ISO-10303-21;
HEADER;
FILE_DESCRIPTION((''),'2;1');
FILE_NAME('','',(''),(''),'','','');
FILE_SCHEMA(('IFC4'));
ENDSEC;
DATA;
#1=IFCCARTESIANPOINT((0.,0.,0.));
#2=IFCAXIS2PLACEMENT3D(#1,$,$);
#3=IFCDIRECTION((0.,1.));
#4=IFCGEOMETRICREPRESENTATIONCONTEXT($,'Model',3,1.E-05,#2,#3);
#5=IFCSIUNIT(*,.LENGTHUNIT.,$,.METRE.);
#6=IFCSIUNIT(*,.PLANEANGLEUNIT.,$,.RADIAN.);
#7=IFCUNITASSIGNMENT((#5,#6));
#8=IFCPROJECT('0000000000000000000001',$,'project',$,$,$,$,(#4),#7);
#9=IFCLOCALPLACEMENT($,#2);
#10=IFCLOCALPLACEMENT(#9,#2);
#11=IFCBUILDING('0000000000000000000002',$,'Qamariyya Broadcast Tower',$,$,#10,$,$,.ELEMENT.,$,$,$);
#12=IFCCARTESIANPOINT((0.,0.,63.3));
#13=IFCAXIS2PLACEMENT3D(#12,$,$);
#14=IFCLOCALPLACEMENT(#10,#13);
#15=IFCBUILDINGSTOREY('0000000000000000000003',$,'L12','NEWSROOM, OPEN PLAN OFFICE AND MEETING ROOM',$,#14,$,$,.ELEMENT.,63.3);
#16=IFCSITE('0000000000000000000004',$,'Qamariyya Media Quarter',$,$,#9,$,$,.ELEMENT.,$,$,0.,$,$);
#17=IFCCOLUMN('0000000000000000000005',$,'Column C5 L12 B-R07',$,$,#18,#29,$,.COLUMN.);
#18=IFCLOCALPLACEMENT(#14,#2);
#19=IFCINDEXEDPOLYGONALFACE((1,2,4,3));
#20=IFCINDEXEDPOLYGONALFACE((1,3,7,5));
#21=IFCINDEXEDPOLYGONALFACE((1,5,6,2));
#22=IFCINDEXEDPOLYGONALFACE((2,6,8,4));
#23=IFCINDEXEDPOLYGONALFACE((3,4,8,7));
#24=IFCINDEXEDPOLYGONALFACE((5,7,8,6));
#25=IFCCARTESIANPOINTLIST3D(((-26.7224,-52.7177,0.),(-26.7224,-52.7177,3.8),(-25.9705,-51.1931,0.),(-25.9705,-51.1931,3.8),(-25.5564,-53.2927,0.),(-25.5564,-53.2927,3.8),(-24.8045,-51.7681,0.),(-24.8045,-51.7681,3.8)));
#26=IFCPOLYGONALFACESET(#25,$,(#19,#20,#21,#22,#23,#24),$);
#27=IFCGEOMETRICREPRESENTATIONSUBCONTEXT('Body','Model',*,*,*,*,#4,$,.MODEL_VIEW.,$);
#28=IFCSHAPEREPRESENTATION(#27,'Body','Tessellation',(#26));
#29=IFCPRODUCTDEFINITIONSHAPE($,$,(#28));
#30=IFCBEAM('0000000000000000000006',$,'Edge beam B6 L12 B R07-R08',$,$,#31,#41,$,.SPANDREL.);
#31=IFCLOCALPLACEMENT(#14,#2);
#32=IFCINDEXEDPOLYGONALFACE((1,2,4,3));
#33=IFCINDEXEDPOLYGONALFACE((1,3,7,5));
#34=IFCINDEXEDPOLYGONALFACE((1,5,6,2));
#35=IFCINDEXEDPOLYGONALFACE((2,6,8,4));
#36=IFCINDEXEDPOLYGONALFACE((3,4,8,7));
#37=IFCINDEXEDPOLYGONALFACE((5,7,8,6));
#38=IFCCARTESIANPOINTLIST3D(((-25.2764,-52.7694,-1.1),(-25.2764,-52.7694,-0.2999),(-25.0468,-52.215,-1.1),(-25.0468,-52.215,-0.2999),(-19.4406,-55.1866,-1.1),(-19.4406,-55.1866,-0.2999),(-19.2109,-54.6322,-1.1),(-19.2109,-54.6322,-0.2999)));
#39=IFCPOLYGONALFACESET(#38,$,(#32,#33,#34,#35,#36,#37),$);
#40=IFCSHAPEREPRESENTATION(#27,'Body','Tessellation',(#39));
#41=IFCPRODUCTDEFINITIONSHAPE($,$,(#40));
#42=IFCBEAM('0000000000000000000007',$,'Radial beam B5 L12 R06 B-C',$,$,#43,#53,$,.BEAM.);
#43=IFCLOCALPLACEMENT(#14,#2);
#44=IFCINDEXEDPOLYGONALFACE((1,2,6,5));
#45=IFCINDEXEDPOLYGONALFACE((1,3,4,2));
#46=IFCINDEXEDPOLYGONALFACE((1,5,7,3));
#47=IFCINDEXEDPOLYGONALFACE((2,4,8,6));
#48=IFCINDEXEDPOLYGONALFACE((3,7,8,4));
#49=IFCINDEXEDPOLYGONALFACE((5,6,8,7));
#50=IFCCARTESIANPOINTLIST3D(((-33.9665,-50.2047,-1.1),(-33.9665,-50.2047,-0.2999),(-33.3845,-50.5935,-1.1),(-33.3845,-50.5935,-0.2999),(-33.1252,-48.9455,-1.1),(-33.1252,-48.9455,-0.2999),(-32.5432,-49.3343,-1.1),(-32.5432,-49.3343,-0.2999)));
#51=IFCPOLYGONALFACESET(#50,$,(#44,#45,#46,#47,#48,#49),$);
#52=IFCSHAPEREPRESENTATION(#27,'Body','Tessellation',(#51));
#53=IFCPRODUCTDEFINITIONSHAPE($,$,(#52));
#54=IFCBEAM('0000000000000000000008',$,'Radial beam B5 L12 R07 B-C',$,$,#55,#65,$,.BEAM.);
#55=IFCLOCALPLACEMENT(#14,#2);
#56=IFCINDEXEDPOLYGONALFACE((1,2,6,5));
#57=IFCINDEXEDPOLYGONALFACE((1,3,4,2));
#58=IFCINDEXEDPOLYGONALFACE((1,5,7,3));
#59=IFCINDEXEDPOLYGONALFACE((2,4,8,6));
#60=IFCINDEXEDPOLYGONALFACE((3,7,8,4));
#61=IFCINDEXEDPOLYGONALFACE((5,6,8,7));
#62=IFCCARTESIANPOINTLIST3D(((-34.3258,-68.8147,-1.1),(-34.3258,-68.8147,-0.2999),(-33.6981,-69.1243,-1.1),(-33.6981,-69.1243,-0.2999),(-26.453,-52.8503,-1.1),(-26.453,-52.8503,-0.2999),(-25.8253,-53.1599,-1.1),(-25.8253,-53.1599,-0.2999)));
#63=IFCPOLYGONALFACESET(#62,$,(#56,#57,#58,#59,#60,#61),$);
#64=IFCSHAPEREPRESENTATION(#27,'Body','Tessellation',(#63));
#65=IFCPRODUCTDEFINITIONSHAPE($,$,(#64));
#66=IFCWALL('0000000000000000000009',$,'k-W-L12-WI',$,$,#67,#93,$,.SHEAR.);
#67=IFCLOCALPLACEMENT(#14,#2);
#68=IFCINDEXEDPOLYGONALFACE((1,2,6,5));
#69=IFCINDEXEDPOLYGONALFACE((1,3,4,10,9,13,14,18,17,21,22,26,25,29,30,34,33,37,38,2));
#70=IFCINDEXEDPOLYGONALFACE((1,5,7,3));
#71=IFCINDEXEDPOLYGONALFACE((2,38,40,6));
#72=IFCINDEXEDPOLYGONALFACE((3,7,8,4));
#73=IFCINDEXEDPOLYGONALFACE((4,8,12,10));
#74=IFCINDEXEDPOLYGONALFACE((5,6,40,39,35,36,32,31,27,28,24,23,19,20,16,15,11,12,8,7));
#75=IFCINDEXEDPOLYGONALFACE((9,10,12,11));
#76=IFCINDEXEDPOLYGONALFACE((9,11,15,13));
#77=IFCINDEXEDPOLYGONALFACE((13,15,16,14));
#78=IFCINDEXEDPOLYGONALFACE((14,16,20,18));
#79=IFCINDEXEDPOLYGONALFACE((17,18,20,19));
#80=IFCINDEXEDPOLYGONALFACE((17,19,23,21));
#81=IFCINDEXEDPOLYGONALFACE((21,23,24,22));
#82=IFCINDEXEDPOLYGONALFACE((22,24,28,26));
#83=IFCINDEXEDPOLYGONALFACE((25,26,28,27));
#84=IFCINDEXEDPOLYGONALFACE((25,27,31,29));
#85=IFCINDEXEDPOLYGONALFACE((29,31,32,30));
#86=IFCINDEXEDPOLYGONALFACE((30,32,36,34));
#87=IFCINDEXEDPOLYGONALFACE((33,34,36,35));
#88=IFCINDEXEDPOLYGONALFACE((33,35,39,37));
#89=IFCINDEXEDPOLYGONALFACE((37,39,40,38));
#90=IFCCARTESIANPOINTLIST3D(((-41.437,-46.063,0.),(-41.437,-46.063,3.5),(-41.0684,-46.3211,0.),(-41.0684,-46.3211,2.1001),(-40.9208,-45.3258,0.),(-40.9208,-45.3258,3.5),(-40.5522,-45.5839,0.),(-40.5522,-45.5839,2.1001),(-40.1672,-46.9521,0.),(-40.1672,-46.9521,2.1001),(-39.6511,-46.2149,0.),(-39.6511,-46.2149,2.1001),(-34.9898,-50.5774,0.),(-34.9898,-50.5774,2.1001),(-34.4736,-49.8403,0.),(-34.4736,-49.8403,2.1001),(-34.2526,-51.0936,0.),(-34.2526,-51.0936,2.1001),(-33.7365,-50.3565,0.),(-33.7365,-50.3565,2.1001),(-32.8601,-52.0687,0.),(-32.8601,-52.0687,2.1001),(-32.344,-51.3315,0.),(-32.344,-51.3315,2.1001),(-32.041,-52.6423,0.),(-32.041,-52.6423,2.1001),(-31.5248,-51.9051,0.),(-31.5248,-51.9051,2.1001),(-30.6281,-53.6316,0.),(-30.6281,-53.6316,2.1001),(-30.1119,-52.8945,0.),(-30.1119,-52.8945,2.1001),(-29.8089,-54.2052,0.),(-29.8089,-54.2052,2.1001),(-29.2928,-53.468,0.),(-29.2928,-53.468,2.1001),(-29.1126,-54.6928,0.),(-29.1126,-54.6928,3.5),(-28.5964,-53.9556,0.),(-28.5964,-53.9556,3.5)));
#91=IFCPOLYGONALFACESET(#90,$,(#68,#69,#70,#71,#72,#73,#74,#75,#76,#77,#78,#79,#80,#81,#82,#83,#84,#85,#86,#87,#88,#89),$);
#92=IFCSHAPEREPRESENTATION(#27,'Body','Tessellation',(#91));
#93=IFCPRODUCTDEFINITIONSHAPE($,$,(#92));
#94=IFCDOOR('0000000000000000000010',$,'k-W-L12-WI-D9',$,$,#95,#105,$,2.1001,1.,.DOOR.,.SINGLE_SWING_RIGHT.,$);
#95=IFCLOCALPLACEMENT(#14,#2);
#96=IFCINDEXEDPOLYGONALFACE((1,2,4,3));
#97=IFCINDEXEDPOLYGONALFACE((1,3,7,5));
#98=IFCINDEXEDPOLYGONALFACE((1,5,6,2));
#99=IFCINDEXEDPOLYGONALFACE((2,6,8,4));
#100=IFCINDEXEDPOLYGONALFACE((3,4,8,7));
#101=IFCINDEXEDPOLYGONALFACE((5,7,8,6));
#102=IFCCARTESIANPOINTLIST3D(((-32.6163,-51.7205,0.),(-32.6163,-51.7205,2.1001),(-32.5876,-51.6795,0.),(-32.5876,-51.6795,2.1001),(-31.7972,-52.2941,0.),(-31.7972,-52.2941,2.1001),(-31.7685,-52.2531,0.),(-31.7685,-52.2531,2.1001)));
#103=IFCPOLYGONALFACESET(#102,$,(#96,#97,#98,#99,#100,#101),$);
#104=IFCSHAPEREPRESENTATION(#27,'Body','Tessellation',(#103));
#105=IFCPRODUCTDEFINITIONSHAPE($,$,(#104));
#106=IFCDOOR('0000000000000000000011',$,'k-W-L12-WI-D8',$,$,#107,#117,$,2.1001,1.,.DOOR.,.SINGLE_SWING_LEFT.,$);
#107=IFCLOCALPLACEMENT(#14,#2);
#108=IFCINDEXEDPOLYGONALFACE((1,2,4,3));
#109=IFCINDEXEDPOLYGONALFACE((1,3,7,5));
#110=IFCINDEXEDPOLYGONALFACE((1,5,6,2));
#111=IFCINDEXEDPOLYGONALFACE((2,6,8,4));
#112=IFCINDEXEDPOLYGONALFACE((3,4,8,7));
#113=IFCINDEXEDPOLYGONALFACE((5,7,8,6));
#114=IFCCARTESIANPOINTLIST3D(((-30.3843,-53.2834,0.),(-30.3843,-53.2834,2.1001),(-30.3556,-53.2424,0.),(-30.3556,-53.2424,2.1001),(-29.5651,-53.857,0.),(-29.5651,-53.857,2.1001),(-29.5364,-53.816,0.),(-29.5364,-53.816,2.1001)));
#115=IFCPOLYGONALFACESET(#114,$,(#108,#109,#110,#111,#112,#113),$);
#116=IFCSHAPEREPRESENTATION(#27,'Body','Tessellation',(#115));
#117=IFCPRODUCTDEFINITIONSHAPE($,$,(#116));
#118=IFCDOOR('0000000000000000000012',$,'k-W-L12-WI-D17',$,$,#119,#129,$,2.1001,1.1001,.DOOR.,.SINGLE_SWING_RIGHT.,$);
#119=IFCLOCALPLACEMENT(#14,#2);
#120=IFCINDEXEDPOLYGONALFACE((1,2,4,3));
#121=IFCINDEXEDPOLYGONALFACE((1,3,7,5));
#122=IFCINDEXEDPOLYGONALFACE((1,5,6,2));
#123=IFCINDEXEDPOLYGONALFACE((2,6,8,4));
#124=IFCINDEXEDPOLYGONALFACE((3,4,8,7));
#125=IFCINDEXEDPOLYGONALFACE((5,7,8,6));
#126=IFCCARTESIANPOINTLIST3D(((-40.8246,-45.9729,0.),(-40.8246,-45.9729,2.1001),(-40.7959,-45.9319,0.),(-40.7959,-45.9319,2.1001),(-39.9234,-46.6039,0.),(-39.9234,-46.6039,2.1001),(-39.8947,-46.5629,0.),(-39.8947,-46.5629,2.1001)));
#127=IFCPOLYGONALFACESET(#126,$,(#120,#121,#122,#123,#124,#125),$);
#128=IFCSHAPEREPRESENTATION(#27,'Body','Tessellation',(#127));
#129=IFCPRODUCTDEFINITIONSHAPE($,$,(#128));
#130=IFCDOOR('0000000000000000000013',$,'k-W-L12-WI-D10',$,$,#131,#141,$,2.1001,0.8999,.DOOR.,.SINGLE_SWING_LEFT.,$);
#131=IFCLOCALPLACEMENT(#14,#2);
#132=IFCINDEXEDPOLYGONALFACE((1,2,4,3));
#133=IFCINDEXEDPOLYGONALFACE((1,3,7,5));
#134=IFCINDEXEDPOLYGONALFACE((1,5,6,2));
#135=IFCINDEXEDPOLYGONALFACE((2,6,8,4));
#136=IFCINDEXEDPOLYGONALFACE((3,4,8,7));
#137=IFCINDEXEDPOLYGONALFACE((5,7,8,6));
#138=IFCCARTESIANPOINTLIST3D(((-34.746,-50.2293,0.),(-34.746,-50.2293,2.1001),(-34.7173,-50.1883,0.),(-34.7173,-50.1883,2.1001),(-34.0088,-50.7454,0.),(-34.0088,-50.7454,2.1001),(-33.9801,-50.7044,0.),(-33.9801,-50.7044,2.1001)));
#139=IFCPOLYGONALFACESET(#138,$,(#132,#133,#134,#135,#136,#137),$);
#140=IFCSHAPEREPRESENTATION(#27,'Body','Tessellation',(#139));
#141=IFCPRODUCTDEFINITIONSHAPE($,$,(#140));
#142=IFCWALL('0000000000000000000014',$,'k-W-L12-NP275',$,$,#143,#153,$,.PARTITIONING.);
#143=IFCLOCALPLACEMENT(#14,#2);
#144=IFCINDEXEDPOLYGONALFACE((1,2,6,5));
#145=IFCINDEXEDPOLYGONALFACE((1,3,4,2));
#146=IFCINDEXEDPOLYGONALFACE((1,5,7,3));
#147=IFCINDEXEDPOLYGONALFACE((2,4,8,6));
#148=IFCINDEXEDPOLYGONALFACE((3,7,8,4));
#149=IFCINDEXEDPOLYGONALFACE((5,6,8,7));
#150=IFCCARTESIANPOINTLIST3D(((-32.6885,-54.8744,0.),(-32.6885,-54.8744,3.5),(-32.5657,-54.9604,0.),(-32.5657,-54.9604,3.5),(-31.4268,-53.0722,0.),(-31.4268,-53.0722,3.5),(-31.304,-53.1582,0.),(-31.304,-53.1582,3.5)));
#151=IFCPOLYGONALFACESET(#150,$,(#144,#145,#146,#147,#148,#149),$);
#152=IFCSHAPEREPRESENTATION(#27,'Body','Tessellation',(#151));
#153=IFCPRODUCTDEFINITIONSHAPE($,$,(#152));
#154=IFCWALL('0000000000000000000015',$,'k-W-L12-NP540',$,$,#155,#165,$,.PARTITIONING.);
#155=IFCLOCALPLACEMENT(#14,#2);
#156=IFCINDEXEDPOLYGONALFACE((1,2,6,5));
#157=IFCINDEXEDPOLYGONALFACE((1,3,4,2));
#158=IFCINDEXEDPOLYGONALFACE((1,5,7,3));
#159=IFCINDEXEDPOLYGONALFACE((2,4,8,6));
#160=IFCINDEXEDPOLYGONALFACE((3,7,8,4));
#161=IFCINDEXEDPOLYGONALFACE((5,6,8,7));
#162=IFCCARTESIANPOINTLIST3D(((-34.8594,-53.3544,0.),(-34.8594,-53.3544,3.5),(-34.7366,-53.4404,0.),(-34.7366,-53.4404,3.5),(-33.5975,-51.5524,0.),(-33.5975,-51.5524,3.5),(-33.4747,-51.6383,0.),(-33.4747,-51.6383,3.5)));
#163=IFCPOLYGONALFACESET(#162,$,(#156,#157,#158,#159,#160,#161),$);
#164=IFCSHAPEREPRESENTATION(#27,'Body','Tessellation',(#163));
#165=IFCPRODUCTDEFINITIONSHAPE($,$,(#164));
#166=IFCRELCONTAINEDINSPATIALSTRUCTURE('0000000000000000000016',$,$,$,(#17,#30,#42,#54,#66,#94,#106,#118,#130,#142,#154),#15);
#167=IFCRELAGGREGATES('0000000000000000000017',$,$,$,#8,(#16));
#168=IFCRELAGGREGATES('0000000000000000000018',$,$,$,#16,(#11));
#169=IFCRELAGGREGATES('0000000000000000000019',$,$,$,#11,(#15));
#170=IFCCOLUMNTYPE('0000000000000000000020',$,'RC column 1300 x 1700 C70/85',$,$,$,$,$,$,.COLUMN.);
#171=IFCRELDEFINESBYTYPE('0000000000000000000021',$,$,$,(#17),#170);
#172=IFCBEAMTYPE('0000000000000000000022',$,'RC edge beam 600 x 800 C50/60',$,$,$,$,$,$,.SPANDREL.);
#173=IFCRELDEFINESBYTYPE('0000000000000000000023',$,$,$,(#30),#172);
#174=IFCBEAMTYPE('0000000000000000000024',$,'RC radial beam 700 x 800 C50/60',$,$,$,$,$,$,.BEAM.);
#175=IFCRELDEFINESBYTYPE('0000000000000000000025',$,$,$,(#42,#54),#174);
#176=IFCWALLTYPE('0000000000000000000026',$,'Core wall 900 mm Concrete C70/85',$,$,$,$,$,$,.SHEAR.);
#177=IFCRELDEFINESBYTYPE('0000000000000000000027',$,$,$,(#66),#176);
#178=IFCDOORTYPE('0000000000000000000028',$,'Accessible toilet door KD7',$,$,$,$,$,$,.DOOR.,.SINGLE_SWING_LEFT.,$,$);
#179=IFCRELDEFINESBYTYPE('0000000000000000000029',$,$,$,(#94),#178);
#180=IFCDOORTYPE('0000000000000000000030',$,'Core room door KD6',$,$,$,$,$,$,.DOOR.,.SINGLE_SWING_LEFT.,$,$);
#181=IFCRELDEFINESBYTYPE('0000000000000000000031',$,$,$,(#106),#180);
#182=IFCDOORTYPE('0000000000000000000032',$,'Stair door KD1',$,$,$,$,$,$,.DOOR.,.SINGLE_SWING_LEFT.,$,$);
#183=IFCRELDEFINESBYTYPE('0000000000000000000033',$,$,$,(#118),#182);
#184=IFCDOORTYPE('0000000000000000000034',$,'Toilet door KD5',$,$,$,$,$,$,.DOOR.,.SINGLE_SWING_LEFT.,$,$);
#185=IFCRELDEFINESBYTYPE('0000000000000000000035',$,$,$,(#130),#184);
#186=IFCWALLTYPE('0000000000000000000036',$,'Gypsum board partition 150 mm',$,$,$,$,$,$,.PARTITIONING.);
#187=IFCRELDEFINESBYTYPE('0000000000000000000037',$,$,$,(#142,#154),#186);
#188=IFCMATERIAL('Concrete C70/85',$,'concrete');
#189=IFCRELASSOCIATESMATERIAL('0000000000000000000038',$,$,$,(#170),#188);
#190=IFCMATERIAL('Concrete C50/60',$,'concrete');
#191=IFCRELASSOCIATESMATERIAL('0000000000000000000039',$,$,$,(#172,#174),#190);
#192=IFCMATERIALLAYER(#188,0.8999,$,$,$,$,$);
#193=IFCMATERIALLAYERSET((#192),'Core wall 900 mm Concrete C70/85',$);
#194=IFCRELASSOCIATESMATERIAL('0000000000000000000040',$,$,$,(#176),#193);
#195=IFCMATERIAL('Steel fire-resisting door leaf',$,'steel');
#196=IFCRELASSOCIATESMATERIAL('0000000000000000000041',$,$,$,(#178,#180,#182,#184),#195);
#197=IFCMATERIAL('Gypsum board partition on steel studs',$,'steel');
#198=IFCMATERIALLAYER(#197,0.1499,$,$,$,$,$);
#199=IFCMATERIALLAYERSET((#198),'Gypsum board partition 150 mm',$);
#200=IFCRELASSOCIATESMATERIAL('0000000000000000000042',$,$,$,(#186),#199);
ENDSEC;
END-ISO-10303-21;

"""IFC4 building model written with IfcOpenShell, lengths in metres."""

from ifc_helpers import new_model, si_unit, direction, frame, frame_2d, origin, origin_2d, place, context, subcontext, project, spatial, rectangle, extrude, material, layer, layer_set, material_profile, profile_set, type_object, element, fill, save


model = new_model("IFC4")

# Units and contexts
model_context = context("Model", 3, precision=1e-05, world=origin(), true_north=direction((0.0, 1.0)))
body_context = subcontext(model_context, "Body", "Model", "MODEL_VIEW")
ifc_project = project(units=[si_unit("LENGTHUNIT", "METRE"), si_unit("PLANEANGLEUNIT", "RADIAN")], contexts=[model_context])

# Site, building, storey
site_placement = place(None, origin())
site = spatial("IfcSite", under=ifc_project, at=site_placement, Name="Qamariyya Media Quarter", CompositionType="ELEMENT", RefElevation=0.0)
building_placement = place(site_placement, origin())
building = spatial("IfcBuilding", under=site, at=building_placement, Name="Qamariyya Broadcast Tower", CompositionType="ELEMENT")
storey_placement = place(building_placement, frame((0.0, 0.0, 63.3)))
storey = spatial("IfcBuildingStorey", under=building, at=storey_placement, Name="L12", Description="NEWSROOM, OPEN PLAN OFFICE AND MEETING ROOM", CompositionType="ELEMENT", Elevation=63.3)

# Column
ifc_material_1 = material(Name="Concrete C70/85", Category="concrete")
ifc_material_profile_1 = material_profile(ifc_material_1, rectangle(XDim=1.3, YDim=1.7, at=origin_2d()))
ifc_profile_set_1 = profile_set([ifc_material_profile_1], Name="Concrete C70/85")
column_type = type_object("IfcColumnType", Name="RC column 1300 x 1700 C70/85", PredefinedType="COLUMN", material=ifc_profile_set_1)
column_placement = place(storey_placement, frame((-25.7634, -52.2429, 0.0), z_axis=(0.0, 0.0, 1.0), x_axis=(0.896873, -0.442289, 0.0)))
element("IfcColumn", 1, at=column_placement, inside=storey, type_object=column_type, Name="Column C5 L12 B-R07", PredefinedType="COLUMN", context=body_context, shape_type="SweptSolid", body=[
    extrude(rectangle(XDim=1.3, YDim=1.7, at=origin_2d()), origin(), (0.0, 0.0, 1.0), 3.8),
])

# Beams
ifc_material_2 = material(Name="Concrete C50/60", Category="concrete")
ifc_material_profile_2 = material_profile(ifc_material_2, rectangle(XDim=0.6001, YDim=0.8, at=origin_2d()))
ifc_profile_set_2 = profile_set([ifc_material_profile_2], Name="Concrete C50/60")
beam_type_1 = type_object("IfcBeamType", Name="RC edge beam 600 x 800 C50/60", PredefinedType="SPANDREL", material=ifc_profile_set_2)
beam_1_placement = place(storey_placement, frame((-25.1616, -52.4922, -0.7), z_axis=(0.923884, -0.382672, 0.0), x_axis=(0.382672, 0.923884, 0.0)))
element("IfcBeam", 2, at=beam_1_placement, inside=storey, type_object=beam_type_1, Name="Edge beam B6 L12 B R07-R08", PredefinedType="SPANDREL", context=body_context, shape_type="SweptSolid", body=[
    extrude(rectangle(XDim=0.6001, YDim=0.8, at=origin_2d()), origin(), (0.0, 0.0, 1.0), 6.3167),
])
ifc_material_profile_3 = material_profile(ifc_material_2, rectangle(XDim=0.7, YDim=0.8, at=origin_2d()))
ifc_profile_set_3 = profile_set([ifc_material_profile_3], Name="Concrete C50/60")
beam_type_2 = type_object("IfcBeamType", Name="RC radial beam 700 x 800 C50/60", PredefinedType="BEAM", material=ifc_profile_set_3)
beam_2_placement = place(storey_placement, frame((-32.8342, -49.1399, -0.7), z_axis=(-0.555518, -0.831504, 0.0), x_axis=(0.831504, -0.555518, 0.0)))
element("IfcBeam", 3, at=beam_2_placement, inside=storey, type_object=beam_type_2, Name="Radial beam B5 L12 R06 B-C", PredefinedType="BEAM", context=body_context, shape_type="SweptSolid", body=[
    extrude(rectangle(XDim=0.7, YDim=0.8, at=origin_2d()), origin(), (0.0, 0.0, 1.0), 1.5144),
])
beam_3_placement = place(storey_placement, frame((-26.1392, -53.0051, -0.7), z_axis=(-0.442291, -0.896872, 0.0), x_axis=(0.896872, -0.442291, 0.0)))
element("IfcBeam", 4, at=beam_3_placement, inside=storey, type_object=beam_type_2, Name="Radial beam B5 L12 R07 B-C", PredefinedType="BEAM", context=body_context, shape_type="SweptSolid", body=[
    extrude(rectangle(XDim=0.7, YDim=0.8, at=origin_2d()), origin(), (0.0, 0.0, 1.0), 17.8),
])

# Wall, openings, doors
ifc_layer_1 = layer(ifc_material_1, 0.8999)
ifc_layer_set_1 = layer_set([ifc_layer_1], Name="Core wall 900 mm Concrete C70/85")
wall_type_1 = type_object("IfcWallType", Name="Core wall 900 mm Concrete C70/85", PredefinedType="SHEAR", material=ifc_layer_set_1)
wall_1_placement = place(storey_placement, frame((-28.8545, -54.3242, 0.0), z_axis=(0.0, 0.0, 1.0), x_axis=(-0.819146, 0.573585, 0.0)))
wall_1 = element("IfcWall", 5, at=wall_1_placement, inside=storey, type_object=wall_type_1, Name="k-W-L12-WI", PredefinedType="SHEAR", context=body_context, shape_type="SweptSolid", body=[
    extrude(rectangle(XDim=15.0454, YDim=0.8999, at=frame_2d((7.5227, 0.0))), origin(), (0.0, 0.0, 1.0), 3.5),
])
opening_1_placement = place(wall_1_placement, frame((0.8501, 0.0, 0.0)))
opening_1 = element("IfcOpeningElement", 6, at=opening_1_placement, cuts=wall_1, PredefinedType="OPENING", context=body_context, shape_type="SweptSolid", body=[
    extrude(rectangle(XDim=1.0, YDim=2.1001, at=frame_2d((0.5, 1.05))), frame((0.0, 0.46, 0.0), z_axis=(0.0, -1.0, 0.0), x_axis=(1.0, 0.0, 0.0)), (0.0, 0.0, 1.0), 0.9199),
])
opening_2_placement = place(wall_1_placement, frame((3.575, 0.0, 0.0)))
opening_2 = element("IfcOpeningElement", 7, at=opening_2_placement, cuts=wall_1, PredefinedType="OPENING", context=body_context, shape_type="SweptSolid", body=[
    extrude(rectangle(XDim=1.0, YDim=2.1001, at=frame_2d((0.5, 1.05))), frame((0.0, 0.46, 0.0), z_axis=(0.0, -1.0, 0.0), x_axis=(1.0, 0.0, 0.0)), (0.0, 0.0, 1.0), 0.9199),
])
opening_3_placement = place(wall_1_placement, frame((6.2749, 0.0, 0.0)))
opening_3 = element("IfcOpeningElement", 8, at=opening_3_placement, cuts=wall_1, PredefinedType="OPENING", context=body_context, shape_type="SweptSolid", body=[
    extrude(rectangle(XDim=0.8999, YDim=2.1001, at=frame_2d((0.45, 1.05))), frame((0.0, 0.46, 0.0), z_axis=(0.0, -1.0, 0.0), x_axis=(1.0, 0.0, 0.0)), (0.0, 0.0, 1.0), 0.9199),
])
opening_4_placement = place(wall_1_placement, frame((13.4954, 0.0, 0.0)))
opening_4 = element("IfcOpeningElement", 9, at=opening_4_placement, cuts=wall_1, PredefinedType="OPENING", context=body_context, shape_type="SweptSolid", body=[
    extrude(rectangle(XDim=1.1001, YDim=2.1001, at=frame_2d((0.55, 1.05))), frame((0.0, 0.46, 0.0), z_axis=(0.0, -1.0, 0.0), x_axis=(1.0, 0.0, 0.0)), (0.0, 0.0, 1.0), 0.9199),
])
ifc_material_3 = material(Name="Steel fire-resisting door leaf", Category="steel")
door_type_1 = type_object("IfcDoorType", Name="Accessible toilet door KD7", OperationType="SINGLE_SWING_LEFT", PredefinedType="DOOR", material=ifc_material_3)
door_1_placement = place(opening_2_placement, origin())
door_1 = element("IfcDoor", 10, at=door_1_placement, inside=storey, type_object=door_type_1, Name="k-W-L12-WI-D9", OperationType="SINGLE_SWING_RIGHT", OverallHeight=2.1001, OverallWidth=1.0, PredefinedType="DOOR", context=body_context, shape_type="SweptSolid", body=[
    extrude(rectangle(XDim=1.0, YDim=2.1001, at=frame_2d((0.5, 1.05))), frame((0.0, 0.0249, 0.0), z_axis=(0.0, -1.0, 0.0), x_axis=(1.0, 0.0, 0.0)), (0.0, 0.0, 1.0), 0.05),
])
fill(opening_2, door_1)
door_type_2 = type_object("IfcDoorType", Name="Core room door KD6", OperationType="SINGLE_SWING_LEFT", PredefinedType="DOOR", material=ifc_material_3)
door_2_placement = place(opening_1_placement, origin())
door_2 = element("IfcDoor", 11, at=door_2_placement, inside=storey, type_object=door_type_2, Name="k-W-L12-WI-D8", OperationType="SINGLE_SWING_LEFT", OverallHeight=2.1001, OverallWidth=1.0, PredefinedType="DOOR", context=body_context, shape_type="SweptSolid", body=[
    extrude(rectangle(XDim=1.0, YDim=2.1001, at=frame_2d((0.5, 1.05))), frame((0.0, 0.0249, 0.0), z_axis=(0.0, -1.0, 0.0), x_axis=(1.0, 0.0, 0.0)), (0.0, 0.0, 1.0), 0.05),
])
fill(opening_1, door_2)
door_type_3 = type_object("IfcDoorType", Name="Stair door KD1", OperationType="SINGLE_SWING_LEFT", PredefinedType="DOOR", material=ifc_material_3)
door_3_placement = place(opening_4_placement, origin())
door_3 = element("IfcDoor", 12, at=door_3_placement, inside=storey, type_object=door_type_3, Name="k-W-L12-WI-D17", OperationType="SINGLE_SWING_RIGHT", OverallHeight=2.1001, OverallWidth=1.1001, PredefinedType="DOOR", context=body_context, shape_type="SweptSolid", body=[
    extrude(rectangle(XDim=1.1001, YDim=2.1001, at=frame_2d((0.55, 1.05))), frame((0.0, 0.0249, 0.0), z_axis=(0.0, -1.0, 0.0), x_axis=(1.0, 0.0, 0.0)), (0.0, 0.0, 1.0), 0.05),
])
fill(opening_4, door_3)
door_type_4 = type_object("IfcDoorType", Name="Toilet door KD5", OperationType="SINGLE_SWING_LEFT", PredefinedType="DOOR", material=ifc_material_3)
door_4_placement = place(opening_3_placement, origin())
door_4 = element("IfcDoor", 13, at=door_4_placement, inside=storey, type_object=door_type_4, Name="k-W-L12-WI-D10", OperationType="SINGLE_SWING_LEFT", OverallHeight=2.1001, OverallWidth=0.8999, PredefinedType="DOOR", context=body_context, shape_type="SweptSolid", body=[
    extrude(rectangle(XDim=0.8999, YDim=2.1001, at=frame_2d((0.45, 1.05))), frame((0.0, 0.0249, 0.0), z_axis=(0.0, -1.0, 0.0), x_axis=(1.0, 0.0, 0.0)), (0.0, 0.0, 1.0), 0.05),
])
fill(opening_3, door_4)

# Walls
ifc_material_4 = material(Name="Gypsum board partition on steel studs", Category="steel")
ifc_layer_2 = layer(ifc_material_4, 0.1499)
ifc_layer_set_2 = layer_set([ifc_layer_2], Name="Gypsum board partition 150 mm")
wall_type_2 = type_object("IfcWallType", Name="Gypsum board partition 150 mm", PredefinedType="PARTITIONING", material=ifc_layer_set_2)
for number, where, z_axis, x_axis, name in (
    (14, (-32.6272, -54.9175, 0.0), (0.0, 0.0, 1.0), (0.573507, 0.819201, 0.0), "k-W-L12-NP275"),
    (15, (-34.7981, -53.3975, 0.0), (0.0, 0.0, 1.0), (0.573634, 0.819112, 0.0), "k-W-L12-NP540"),
):
    element("IfcWall", number, at=place(storey_placement, frame(where, z_axis=z_axis, x_axis=x_axis)), inside=storey, type_object=wall_type_2, Name=name, PredefinedType="PARTITIONING", context=body_context, shape_type="SweptSolid", body=[
        extrude(rectangle(XDim=2.2, YDim=0.1499, at=frame_2d((1.1001, 0.0))), origin(), (0.0, 0.0, 1.0), 3.5),
    ])

save(model, "model.ifc")
